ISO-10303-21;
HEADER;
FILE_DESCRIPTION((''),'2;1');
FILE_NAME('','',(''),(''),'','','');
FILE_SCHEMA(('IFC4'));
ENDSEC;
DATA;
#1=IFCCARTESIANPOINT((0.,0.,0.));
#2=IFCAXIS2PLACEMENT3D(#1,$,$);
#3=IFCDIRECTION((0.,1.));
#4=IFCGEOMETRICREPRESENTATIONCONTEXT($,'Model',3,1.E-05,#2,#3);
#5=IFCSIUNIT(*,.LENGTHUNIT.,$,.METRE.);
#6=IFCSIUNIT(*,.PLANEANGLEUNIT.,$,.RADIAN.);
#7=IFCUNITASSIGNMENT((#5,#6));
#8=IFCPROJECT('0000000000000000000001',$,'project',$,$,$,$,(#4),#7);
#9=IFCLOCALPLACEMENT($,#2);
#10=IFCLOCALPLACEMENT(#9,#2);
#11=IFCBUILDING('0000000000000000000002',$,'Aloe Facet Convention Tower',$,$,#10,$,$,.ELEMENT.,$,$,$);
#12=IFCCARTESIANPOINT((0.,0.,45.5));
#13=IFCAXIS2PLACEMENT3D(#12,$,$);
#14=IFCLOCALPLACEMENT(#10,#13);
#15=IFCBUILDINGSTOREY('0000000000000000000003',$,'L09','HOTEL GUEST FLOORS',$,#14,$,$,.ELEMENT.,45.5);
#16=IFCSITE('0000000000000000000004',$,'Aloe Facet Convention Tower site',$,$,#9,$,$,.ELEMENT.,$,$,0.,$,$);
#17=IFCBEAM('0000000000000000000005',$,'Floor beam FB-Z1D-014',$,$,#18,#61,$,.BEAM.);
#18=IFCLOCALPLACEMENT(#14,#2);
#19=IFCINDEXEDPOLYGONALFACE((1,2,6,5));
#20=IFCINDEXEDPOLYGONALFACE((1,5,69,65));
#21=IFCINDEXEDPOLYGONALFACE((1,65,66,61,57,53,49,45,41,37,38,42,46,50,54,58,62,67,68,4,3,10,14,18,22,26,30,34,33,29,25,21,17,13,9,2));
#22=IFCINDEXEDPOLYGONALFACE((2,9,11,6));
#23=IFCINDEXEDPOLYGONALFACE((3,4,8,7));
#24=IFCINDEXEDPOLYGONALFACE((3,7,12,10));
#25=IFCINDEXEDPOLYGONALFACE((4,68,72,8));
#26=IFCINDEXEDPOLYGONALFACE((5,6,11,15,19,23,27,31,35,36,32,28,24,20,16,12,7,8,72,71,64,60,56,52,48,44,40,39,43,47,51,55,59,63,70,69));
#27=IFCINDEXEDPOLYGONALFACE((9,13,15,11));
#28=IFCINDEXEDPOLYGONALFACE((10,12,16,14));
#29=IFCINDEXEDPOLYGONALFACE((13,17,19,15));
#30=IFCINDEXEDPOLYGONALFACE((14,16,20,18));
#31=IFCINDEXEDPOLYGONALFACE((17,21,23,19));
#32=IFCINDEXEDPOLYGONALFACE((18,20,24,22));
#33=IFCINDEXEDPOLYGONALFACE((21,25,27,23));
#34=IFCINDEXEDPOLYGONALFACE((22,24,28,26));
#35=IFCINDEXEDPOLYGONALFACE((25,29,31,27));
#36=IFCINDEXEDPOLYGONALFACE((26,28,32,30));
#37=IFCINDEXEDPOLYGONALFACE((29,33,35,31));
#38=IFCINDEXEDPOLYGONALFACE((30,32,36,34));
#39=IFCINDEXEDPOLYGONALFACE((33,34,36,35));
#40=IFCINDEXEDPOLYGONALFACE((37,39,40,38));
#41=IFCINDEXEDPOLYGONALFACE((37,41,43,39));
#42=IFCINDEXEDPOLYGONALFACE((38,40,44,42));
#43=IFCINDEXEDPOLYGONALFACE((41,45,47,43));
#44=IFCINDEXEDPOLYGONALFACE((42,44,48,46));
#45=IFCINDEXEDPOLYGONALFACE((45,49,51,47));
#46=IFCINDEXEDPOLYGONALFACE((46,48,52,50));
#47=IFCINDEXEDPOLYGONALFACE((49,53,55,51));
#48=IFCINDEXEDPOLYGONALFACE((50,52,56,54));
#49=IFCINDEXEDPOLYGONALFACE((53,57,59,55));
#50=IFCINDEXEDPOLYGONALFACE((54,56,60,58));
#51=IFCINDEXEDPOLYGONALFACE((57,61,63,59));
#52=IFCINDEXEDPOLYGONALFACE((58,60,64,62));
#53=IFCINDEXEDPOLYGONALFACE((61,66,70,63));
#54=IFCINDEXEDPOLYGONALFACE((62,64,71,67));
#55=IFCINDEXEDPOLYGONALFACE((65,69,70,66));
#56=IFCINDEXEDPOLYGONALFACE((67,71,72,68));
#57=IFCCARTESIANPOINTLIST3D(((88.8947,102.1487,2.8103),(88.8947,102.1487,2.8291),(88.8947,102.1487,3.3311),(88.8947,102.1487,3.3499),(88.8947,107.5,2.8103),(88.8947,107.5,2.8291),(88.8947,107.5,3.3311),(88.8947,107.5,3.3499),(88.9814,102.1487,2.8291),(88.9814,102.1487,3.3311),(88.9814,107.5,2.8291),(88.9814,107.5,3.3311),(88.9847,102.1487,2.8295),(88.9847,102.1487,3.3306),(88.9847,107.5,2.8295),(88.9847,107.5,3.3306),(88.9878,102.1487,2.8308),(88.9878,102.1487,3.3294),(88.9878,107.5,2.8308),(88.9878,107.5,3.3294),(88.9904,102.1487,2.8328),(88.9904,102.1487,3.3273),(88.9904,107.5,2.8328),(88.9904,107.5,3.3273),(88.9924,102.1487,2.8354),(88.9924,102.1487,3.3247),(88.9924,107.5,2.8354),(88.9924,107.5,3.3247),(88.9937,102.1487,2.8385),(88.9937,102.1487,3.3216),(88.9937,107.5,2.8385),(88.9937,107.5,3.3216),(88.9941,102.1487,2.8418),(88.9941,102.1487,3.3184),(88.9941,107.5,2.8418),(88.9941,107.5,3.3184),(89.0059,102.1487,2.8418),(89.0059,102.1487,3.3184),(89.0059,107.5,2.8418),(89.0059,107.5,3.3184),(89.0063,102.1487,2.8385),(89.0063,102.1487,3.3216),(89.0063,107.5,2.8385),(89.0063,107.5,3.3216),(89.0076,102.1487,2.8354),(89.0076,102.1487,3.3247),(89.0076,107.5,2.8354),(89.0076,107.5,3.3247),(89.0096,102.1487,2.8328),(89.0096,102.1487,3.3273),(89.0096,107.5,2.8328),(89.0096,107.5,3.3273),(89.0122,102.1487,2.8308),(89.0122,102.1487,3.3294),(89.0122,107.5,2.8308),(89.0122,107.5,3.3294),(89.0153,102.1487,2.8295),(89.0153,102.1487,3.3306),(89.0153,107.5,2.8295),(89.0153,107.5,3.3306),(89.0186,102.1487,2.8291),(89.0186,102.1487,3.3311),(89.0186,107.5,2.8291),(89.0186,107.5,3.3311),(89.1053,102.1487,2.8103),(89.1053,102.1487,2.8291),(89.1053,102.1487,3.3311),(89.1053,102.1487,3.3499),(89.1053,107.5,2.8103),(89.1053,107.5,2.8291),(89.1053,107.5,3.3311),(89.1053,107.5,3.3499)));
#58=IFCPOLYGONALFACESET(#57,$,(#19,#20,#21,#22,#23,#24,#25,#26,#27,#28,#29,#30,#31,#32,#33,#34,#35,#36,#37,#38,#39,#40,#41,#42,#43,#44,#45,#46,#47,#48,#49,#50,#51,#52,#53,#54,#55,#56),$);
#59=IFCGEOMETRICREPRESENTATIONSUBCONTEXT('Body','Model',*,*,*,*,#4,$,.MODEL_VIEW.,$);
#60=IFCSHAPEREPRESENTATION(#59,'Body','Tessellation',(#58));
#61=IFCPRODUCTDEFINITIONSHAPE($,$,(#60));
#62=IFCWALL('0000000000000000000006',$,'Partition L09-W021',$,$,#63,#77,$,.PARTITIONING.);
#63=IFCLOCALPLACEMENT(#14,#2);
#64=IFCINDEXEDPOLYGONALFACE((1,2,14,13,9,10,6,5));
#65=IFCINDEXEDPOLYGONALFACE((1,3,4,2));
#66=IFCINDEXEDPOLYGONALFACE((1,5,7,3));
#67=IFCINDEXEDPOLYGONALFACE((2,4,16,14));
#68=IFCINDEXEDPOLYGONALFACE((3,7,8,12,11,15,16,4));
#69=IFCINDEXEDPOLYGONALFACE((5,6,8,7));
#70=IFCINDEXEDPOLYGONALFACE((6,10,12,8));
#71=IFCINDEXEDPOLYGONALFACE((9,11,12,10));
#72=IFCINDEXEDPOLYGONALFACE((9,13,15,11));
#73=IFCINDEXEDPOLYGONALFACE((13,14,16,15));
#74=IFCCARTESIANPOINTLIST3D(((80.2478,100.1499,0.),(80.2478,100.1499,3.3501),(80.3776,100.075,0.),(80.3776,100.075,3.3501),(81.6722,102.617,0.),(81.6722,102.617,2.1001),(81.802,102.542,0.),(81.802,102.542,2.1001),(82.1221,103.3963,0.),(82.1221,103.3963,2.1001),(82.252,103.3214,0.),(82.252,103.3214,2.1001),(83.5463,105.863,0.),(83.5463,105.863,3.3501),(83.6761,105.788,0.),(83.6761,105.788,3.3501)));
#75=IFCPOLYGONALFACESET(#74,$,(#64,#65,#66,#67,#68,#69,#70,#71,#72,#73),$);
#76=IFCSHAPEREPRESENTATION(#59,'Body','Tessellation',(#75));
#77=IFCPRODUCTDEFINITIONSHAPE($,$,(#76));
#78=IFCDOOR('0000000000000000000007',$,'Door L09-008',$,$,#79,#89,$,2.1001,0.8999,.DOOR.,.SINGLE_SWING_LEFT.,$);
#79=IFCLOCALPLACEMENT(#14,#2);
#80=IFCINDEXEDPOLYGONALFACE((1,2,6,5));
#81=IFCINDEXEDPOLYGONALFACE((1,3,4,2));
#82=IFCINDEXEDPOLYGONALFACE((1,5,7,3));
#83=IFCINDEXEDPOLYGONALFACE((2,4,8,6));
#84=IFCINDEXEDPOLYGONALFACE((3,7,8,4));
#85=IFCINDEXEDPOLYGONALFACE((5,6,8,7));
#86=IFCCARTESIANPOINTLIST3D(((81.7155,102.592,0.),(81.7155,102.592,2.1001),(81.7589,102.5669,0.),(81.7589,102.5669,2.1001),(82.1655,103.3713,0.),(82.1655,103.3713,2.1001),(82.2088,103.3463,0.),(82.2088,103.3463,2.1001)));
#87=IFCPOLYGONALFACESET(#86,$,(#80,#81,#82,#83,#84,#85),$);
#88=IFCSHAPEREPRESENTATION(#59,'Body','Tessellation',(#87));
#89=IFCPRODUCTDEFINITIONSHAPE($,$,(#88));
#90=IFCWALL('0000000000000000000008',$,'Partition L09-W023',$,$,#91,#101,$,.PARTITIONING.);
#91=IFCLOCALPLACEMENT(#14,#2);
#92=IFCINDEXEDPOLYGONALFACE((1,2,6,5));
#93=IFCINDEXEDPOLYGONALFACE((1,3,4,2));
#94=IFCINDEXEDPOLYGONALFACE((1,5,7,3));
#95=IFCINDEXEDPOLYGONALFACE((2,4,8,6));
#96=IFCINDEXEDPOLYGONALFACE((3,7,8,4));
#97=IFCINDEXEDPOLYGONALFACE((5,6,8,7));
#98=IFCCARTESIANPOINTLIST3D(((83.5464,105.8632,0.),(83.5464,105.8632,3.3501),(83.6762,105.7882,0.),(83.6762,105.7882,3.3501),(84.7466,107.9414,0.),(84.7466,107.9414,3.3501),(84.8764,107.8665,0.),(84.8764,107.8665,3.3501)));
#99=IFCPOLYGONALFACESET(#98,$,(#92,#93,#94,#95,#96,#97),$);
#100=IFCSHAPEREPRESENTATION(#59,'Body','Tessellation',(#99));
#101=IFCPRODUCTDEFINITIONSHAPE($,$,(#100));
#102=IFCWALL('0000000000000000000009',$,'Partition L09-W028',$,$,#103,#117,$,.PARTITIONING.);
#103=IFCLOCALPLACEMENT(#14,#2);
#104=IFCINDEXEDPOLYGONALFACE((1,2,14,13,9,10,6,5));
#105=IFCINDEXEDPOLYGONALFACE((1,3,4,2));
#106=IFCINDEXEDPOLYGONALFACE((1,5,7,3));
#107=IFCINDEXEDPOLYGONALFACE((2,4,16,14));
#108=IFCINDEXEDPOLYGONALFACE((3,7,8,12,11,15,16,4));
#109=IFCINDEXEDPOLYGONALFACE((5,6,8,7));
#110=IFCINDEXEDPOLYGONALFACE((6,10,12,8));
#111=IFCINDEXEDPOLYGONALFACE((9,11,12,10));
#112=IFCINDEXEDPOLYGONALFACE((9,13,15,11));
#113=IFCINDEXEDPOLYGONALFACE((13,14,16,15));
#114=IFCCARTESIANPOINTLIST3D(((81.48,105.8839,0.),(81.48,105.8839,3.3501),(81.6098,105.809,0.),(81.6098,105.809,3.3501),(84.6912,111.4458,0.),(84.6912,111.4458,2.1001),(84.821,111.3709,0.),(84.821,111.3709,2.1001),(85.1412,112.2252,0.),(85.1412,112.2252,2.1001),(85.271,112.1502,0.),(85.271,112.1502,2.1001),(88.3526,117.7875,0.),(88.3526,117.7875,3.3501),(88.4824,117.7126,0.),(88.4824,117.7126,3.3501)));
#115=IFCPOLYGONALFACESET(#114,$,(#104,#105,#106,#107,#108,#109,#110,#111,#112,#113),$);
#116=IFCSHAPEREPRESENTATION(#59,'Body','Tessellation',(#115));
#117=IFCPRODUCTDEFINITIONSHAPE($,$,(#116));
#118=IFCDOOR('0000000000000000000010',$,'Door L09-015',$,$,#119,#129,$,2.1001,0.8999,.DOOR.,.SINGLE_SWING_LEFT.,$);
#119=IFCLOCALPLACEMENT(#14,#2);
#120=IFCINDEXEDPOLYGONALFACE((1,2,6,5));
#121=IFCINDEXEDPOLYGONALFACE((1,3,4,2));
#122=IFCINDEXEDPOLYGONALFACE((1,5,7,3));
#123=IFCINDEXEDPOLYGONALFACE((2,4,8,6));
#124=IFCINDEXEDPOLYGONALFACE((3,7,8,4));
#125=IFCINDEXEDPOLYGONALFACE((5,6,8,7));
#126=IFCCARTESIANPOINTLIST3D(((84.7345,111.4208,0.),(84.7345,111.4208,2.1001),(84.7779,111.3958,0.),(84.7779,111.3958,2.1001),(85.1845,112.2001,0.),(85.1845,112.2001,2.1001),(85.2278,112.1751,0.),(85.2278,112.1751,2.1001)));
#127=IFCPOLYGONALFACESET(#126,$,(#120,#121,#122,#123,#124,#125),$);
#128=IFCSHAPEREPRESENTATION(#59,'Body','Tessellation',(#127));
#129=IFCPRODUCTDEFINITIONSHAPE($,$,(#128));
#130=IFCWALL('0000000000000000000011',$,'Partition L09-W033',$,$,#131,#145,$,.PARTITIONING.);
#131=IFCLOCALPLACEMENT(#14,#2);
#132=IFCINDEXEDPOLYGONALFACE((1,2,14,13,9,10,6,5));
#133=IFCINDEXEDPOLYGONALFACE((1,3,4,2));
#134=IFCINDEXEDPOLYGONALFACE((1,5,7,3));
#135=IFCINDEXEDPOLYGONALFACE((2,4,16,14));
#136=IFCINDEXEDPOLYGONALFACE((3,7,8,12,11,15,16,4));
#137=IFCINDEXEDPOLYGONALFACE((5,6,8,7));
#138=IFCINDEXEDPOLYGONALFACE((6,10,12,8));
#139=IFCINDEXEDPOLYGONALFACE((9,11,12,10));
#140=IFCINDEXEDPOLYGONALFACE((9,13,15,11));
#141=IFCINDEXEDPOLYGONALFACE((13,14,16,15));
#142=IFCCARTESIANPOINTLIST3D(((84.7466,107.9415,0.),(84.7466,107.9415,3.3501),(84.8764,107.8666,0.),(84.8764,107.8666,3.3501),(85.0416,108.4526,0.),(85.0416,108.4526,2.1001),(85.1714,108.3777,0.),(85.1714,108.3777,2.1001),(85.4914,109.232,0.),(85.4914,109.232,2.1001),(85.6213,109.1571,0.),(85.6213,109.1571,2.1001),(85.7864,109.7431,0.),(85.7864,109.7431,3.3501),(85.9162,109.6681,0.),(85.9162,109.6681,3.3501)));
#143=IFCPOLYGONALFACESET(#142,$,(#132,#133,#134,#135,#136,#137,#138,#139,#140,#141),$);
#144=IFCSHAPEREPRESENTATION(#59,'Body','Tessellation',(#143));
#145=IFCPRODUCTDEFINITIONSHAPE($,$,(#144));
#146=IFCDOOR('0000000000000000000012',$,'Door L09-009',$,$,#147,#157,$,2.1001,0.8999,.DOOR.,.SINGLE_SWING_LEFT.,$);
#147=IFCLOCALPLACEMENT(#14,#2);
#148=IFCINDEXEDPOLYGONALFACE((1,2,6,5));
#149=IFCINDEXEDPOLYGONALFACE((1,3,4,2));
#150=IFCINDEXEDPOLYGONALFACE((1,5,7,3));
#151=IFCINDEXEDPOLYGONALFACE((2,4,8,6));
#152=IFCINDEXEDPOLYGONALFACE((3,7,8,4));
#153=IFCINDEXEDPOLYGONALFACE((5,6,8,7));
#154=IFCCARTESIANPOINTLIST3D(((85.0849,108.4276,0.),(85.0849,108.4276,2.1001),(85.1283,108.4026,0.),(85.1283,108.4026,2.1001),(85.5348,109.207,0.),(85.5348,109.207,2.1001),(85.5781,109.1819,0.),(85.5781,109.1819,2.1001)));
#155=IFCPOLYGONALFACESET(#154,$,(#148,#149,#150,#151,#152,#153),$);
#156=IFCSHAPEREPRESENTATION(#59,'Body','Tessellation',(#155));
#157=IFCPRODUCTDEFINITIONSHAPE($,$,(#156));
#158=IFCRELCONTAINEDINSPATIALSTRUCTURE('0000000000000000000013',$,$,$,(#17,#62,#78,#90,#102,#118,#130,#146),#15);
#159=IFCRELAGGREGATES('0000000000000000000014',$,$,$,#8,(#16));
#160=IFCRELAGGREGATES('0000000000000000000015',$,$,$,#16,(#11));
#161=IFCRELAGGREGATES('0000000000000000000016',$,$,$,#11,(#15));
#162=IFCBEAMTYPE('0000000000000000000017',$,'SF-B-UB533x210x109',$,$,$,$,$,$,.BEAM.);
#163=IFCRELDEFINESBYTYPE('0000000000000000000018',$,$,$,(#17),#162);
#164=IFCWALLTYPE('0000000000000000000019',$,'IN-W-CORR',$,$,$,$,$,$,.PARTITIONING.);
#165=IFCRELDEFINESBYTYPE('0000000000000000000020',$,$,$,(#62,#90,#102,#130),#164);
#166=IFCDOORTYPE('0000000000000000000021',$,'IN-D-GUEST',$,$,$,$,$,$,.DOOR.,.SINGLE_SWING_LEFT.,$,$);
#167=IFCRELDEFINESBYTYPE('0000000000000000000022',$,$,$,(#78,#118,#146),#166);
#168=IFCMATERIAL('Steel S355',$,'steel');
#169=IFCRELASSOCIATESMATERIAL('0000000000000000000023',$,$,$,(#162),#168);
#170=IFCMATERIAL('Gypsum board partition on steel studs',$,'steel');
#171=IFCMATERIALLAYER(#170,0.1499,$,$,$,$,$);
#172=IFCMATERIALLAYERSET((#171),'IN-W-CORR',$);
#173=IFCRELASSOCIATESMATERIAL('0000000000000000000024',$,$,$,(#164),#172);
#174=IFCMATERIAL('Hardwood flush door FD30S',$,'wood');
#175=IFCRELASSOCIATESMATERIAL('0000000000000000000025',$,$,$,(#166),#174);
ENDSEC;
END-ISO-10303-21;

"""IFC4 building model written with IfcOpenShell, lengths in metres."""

from ifc_helpers import new_model, si_unit, direction, frame, frame_2d, origin, origin_2d, place, context, subcontext, project, spatial, rectangle, i_section, extrude, material, layer, layer_set, material_profile, profile_set, type_object, element, fill, save


model = new_model("IFC4")

# Units and contexts
model_context = context("Model", 3, precision=1e-05, world=origin(), true_north=direction((0.0, 1.0)))
body_context = subcontext(model_context, "Body", "Model", "MODEL_VIEW")
ifc_project = project(units=[si_unit("LENGTHUNIT", "METRE"), si_unit("PLANEANGLEUNIT", "RADIAN")], contexts=[model_context])

# Site, building, storey
site_placement = place(None, origin())
site = spatial("IfcSite", under=ifc_project, at=site_placement, Name="Aloe Facet Convention Tower site", CompositionType="ELEMENT", RefElevation=0.0)
building_placement = place(site_placement, origin())
building = spatial("IfcBuilding", under=site, at=building_placement, Name="Aloe Facet Convention Tower", CompositionType="ELEMENT")
storey_placement = place(building_placement, frame((0.0, 0.0, 45.5)))
storey = spatial("IfcBuildingStorey", under=building, at=storey_placement, Name="L09", Description="HOTEL GUEST FLOORS", CompositionType="ELEMENT", Elevation=45.5)

# Beam
ifc_material_1 = material(Name="Steel S355", Category="steel")
ifc_material_profile_1 = material_profile(ifc_material_1, i_section(OverallWidth=0.2107, OverallDepth=0.5396, WebThickness=0.0117, FlangeThickness=0.0188, FilletRadius=0.0127, at=origin_2d()), Name="UB 533x210x109")
ifc_profile_set_1 = profile_set([ifc_material_profile_1], Name="Steel S355")
beam_type_1 = type_object("IfcBeamType", Name="SF-B-UB533x210x109", PredefinedType="BEAM", material=ifc_profile_set_1)
beam_1_placement = place(storey_placement, frame((89.0, 107.5, 3.0801), z_axis=(0.0, -1.0, 0.0), x_axis=(1.0, 0.0, 0.0)))
element("IfcBeam", 1, at=beam_1_placement, inside=storey, type_object=beam_type_1, Name="Floor beam FB-Z1D-014", PredefinedType="BEAM", context=body_context, shape_type="SweptSolid", body=[
    extrude(i_section(OverallWidth=0.2107, OverallDepth=0.5396, WebThickness=0.0117, FlangeThickness=0.0188, FilletRadius=0.0127, at=origin_2d()), origin(), (0.0, 0.0, 1.0), 5.3513),
])

# Wall, opening, door
ifc_material_2 = material(Name="Gypsum board partition on steel studs", Category="steel")
ifc_layer_1 = layer(ifc_material_2, 0.1499)
ifc_layer_set_1 = layer_set([ifc_layer_1], Name="IN-W-CORR")
wall_type_1 = type_object("IfcWallType", Name="IN-W-CORR", PredefinedType="PARTITIONING", material=ifc_layer_set_1)
wall_1_placement = place(storey_placement, frame((80.3127, 100.1125, 0.0), z_axis=(0.0, 0.0, 1.0), x_axis=(0.500012, 0.866019, 0.0)))
wall_1 = element("IfcWall", 2, at=wall_1_placement, inside=storey, type_object=wall_type_1, Name="Partition L09-W021", PredefinedType="PARTITIONING", context=body_context, shape_type="SweptSolid", body=[
    extrude(rectangle(XDim=6.5969, YDim=0.1499, at=frame_2d((3.2983, 0.0))), origin(), (0.0, 0.0, 1.0), 3.3501),
])
opening_1_placement = place(wall_1_placement, frame((2.8486, 0.0, 0.0)))
opening_1 = element("IfcOpeningElement", 3, at=opening_1_placement, cuts=wall_1, PredefinedType="OPENING", context=body_context, shape_type="SweptSolid", body=[
    extrude(rectangle(XDim=0.8999, YDim=2.1001, at=frame_2d((0.45, 1.05))), frame((0.0, 0.085, 0.0), z_axis=(0.0, -1.0, 0.0), x_axis=(1.0, 0.0, 0.0)), (0.0, 0.0, 1.0), 0.1699),
])
ifc_material_3 = material(Name="Hardwood flush door FD30S", Category="wood")
door_type_1 = type_object("IfcDoorType", Name="IN-D-GUEST", OperationType="SINGLE_SWING_LEFT", PredefinedType="DOOR", material=ifc_material_3)
door_1_placement = place(opening_1_placement, origin())
door_1 = element("IfcDoor", 4, at=door_1_placement, inside=storey, type_object=door_type_1, Name="Door L09-008", OperationType="SINGLE_SWING_LEFT", OverallHeight=2.1001, OverallWidth=0.8999, PredefinedType="DOOR", context=body_context, shape_type="SweptSolid", body=[
    extrude(rectangle(XDim=0.8999, YDim=2.1001, at=frame_2d((0.45, 1.05))), frame((0.0, 0.0249, 0.0), z_axis=(0.0, -1.0, 0.0), x_axis=(1.0, 0.0, 0.0)), (0.0, 0.0, 1.0), 0.05),
])
fill(opening_1, door_1)

# Wall
wall_2_placement = place(storey_placement, frame((83.6113, 105.8257, 0.0), z_axis=(0.0, 0.0, 1.0), x_axis=(0.500078, 0.865981, 0.0)))
element("IfcWall", 5, at=wall_2_placement, inside=storey, type_object=wall_type_1, Name="Partition L09-W023", PredefinedType="PARTITIONING", context=body_context, shape_type="SweptSolid", body=[
    extrude(rectangle(XDim=2.3999, YDim=0.1499, at=frame_2d((1.2, 0.0))), origin(), (0.0, 0.0, 1.0), 3.3501),
])

# Walls, openings, doors
wall_3_placement = place(storey_placement, frame((81.5449, 105.8464, 0.0), z_axis=(0.0, 0.0, 1.0), x_axis=(0.500002, 0.866024, 0.0)))
wall_3 = element("IfcWall", 6, at=wall_3_placement, inside=storey, type_object=wall_type_1, Name="Partition L09-W028", PredefinedType="PARTITIONING", context=body_context, shape_type="SweptSolid", body=[
    extrude(rectangle(XDim=13.7451, YDim=0.1499, at=frame_2d((6.8726, 0.0))), origin(), (0.0, 0.0, 1.0), 3.3501),
])
opening_2_placement = place(wall_3_placement, frame((6.4224, 0.0, 0.0)))
opening_2 = element("IfcOpeningElement", 7, at=opening_2_placement, cuts=wall_3, PredefinedType="OPENING", context=body_context, shape_type="SweptSolid", body=[
    extrude(rectangle(XDim=0.8999, YDim=2.1001, at=frame_2d((0.45, 1.05))), frame((0.0, 0.085, 0.0), z_axis=(0.0, -1.0, 0.0), x_axis=(1.0, 0.0, 0.0)), (0.0, 0.0, 1.0), 0.1699),
])
door_2_placement = place(opening_2_placement, origin())
door_2 = element("IfcDoor", 8, at=door_2_placement, inside=storey, type_object=door_type_1, Name="Door L09-015", OperationType="SINGLE_SWING_LEFT", OverallHeight=2.1001, OverallWidth=0.8999, PredefinedType="DOOR", context=body_context, shape_type="SweptSolid", body=[
    extrude(rectangle(XDim=0.8999, YDim=2.1001, at=frame_2d((0.45, 1.05))), frame((0.0, 0.0249, 0.0), z_axis=(0.0, -1.0, 0.0), x_axis=(1.0, 0.0, 0.0)), (0.0, 0.0, 1.0), 0.05),
])
fill(opening_2, door_2)
wall_4_placement = place(storey_placement, frame((84.8115, 107.9041, 0.0), z_axis=(0.0, 0.0, 1.0), x_axis=(0.499888, 0.86609, 0.0)))
wall_4 = element("IfcWall", 9, at=wall_4_placement, inside=storey, type_object=wall_type_1, Name="Partition L09-W033", PredefinedType="PARTITIONING", context=body_context, shape_type="SweptSolid", body=[
    extrude(rectangle(XDim=2.0801, YDim=0.1499, at=frame_2d((1.04, 0.0))), origin(), (0.0, 0.0, 1.0), 3.3501),
])
opening_3_placement = place(wall_4_placement, frame((0.5901, 0.0, 0.0)))
opening_3 = element("IfcOpeningElement", 10, at=opening_3_placement, cuts=wall_4, PredefinedType="OPENING", context=body_context, shape_type="SweptSolid", body=[
    extrude(rectangle(XDim=0.8999, YDim=2.1001, at=frame_2d((0.45, 1.05))), frame((0.0, 0.085, 0.0), z_axis=(0.0, -1.0, 0.0), x_axis=(1.0, 0.0, 0.0)), (0.0, 0.0, 1.0), 0.1699),
])
door_3_placement = place(opening_3_placement, origin())
door_3 = element("IfcDoor", 11, at=door_3_placement, inside=storey, type_object=door_type_1, Name="Door L09-009", OperationType="SINGLE_SWING_LEFT", OverallHeight=2.1001, OverallWidth=0.8999, PredefinedType="DOOR", context=body_context, shape_type="SweptSolid", body=[
    extrude(rectangle(XDim=0.8999, YDim=2.1001, at=frame_2d((0.45, 1.05))), frame((0.0, 0.0249, 0.0), z_axis=(0.0, -1.0, 0.0), x_axis=(1.0, 0.0, 0.0)), (0.0, 0.0, 1.0), 0.05),
])
fill(opening_3, door_3)

save(model, "model.ifc")
